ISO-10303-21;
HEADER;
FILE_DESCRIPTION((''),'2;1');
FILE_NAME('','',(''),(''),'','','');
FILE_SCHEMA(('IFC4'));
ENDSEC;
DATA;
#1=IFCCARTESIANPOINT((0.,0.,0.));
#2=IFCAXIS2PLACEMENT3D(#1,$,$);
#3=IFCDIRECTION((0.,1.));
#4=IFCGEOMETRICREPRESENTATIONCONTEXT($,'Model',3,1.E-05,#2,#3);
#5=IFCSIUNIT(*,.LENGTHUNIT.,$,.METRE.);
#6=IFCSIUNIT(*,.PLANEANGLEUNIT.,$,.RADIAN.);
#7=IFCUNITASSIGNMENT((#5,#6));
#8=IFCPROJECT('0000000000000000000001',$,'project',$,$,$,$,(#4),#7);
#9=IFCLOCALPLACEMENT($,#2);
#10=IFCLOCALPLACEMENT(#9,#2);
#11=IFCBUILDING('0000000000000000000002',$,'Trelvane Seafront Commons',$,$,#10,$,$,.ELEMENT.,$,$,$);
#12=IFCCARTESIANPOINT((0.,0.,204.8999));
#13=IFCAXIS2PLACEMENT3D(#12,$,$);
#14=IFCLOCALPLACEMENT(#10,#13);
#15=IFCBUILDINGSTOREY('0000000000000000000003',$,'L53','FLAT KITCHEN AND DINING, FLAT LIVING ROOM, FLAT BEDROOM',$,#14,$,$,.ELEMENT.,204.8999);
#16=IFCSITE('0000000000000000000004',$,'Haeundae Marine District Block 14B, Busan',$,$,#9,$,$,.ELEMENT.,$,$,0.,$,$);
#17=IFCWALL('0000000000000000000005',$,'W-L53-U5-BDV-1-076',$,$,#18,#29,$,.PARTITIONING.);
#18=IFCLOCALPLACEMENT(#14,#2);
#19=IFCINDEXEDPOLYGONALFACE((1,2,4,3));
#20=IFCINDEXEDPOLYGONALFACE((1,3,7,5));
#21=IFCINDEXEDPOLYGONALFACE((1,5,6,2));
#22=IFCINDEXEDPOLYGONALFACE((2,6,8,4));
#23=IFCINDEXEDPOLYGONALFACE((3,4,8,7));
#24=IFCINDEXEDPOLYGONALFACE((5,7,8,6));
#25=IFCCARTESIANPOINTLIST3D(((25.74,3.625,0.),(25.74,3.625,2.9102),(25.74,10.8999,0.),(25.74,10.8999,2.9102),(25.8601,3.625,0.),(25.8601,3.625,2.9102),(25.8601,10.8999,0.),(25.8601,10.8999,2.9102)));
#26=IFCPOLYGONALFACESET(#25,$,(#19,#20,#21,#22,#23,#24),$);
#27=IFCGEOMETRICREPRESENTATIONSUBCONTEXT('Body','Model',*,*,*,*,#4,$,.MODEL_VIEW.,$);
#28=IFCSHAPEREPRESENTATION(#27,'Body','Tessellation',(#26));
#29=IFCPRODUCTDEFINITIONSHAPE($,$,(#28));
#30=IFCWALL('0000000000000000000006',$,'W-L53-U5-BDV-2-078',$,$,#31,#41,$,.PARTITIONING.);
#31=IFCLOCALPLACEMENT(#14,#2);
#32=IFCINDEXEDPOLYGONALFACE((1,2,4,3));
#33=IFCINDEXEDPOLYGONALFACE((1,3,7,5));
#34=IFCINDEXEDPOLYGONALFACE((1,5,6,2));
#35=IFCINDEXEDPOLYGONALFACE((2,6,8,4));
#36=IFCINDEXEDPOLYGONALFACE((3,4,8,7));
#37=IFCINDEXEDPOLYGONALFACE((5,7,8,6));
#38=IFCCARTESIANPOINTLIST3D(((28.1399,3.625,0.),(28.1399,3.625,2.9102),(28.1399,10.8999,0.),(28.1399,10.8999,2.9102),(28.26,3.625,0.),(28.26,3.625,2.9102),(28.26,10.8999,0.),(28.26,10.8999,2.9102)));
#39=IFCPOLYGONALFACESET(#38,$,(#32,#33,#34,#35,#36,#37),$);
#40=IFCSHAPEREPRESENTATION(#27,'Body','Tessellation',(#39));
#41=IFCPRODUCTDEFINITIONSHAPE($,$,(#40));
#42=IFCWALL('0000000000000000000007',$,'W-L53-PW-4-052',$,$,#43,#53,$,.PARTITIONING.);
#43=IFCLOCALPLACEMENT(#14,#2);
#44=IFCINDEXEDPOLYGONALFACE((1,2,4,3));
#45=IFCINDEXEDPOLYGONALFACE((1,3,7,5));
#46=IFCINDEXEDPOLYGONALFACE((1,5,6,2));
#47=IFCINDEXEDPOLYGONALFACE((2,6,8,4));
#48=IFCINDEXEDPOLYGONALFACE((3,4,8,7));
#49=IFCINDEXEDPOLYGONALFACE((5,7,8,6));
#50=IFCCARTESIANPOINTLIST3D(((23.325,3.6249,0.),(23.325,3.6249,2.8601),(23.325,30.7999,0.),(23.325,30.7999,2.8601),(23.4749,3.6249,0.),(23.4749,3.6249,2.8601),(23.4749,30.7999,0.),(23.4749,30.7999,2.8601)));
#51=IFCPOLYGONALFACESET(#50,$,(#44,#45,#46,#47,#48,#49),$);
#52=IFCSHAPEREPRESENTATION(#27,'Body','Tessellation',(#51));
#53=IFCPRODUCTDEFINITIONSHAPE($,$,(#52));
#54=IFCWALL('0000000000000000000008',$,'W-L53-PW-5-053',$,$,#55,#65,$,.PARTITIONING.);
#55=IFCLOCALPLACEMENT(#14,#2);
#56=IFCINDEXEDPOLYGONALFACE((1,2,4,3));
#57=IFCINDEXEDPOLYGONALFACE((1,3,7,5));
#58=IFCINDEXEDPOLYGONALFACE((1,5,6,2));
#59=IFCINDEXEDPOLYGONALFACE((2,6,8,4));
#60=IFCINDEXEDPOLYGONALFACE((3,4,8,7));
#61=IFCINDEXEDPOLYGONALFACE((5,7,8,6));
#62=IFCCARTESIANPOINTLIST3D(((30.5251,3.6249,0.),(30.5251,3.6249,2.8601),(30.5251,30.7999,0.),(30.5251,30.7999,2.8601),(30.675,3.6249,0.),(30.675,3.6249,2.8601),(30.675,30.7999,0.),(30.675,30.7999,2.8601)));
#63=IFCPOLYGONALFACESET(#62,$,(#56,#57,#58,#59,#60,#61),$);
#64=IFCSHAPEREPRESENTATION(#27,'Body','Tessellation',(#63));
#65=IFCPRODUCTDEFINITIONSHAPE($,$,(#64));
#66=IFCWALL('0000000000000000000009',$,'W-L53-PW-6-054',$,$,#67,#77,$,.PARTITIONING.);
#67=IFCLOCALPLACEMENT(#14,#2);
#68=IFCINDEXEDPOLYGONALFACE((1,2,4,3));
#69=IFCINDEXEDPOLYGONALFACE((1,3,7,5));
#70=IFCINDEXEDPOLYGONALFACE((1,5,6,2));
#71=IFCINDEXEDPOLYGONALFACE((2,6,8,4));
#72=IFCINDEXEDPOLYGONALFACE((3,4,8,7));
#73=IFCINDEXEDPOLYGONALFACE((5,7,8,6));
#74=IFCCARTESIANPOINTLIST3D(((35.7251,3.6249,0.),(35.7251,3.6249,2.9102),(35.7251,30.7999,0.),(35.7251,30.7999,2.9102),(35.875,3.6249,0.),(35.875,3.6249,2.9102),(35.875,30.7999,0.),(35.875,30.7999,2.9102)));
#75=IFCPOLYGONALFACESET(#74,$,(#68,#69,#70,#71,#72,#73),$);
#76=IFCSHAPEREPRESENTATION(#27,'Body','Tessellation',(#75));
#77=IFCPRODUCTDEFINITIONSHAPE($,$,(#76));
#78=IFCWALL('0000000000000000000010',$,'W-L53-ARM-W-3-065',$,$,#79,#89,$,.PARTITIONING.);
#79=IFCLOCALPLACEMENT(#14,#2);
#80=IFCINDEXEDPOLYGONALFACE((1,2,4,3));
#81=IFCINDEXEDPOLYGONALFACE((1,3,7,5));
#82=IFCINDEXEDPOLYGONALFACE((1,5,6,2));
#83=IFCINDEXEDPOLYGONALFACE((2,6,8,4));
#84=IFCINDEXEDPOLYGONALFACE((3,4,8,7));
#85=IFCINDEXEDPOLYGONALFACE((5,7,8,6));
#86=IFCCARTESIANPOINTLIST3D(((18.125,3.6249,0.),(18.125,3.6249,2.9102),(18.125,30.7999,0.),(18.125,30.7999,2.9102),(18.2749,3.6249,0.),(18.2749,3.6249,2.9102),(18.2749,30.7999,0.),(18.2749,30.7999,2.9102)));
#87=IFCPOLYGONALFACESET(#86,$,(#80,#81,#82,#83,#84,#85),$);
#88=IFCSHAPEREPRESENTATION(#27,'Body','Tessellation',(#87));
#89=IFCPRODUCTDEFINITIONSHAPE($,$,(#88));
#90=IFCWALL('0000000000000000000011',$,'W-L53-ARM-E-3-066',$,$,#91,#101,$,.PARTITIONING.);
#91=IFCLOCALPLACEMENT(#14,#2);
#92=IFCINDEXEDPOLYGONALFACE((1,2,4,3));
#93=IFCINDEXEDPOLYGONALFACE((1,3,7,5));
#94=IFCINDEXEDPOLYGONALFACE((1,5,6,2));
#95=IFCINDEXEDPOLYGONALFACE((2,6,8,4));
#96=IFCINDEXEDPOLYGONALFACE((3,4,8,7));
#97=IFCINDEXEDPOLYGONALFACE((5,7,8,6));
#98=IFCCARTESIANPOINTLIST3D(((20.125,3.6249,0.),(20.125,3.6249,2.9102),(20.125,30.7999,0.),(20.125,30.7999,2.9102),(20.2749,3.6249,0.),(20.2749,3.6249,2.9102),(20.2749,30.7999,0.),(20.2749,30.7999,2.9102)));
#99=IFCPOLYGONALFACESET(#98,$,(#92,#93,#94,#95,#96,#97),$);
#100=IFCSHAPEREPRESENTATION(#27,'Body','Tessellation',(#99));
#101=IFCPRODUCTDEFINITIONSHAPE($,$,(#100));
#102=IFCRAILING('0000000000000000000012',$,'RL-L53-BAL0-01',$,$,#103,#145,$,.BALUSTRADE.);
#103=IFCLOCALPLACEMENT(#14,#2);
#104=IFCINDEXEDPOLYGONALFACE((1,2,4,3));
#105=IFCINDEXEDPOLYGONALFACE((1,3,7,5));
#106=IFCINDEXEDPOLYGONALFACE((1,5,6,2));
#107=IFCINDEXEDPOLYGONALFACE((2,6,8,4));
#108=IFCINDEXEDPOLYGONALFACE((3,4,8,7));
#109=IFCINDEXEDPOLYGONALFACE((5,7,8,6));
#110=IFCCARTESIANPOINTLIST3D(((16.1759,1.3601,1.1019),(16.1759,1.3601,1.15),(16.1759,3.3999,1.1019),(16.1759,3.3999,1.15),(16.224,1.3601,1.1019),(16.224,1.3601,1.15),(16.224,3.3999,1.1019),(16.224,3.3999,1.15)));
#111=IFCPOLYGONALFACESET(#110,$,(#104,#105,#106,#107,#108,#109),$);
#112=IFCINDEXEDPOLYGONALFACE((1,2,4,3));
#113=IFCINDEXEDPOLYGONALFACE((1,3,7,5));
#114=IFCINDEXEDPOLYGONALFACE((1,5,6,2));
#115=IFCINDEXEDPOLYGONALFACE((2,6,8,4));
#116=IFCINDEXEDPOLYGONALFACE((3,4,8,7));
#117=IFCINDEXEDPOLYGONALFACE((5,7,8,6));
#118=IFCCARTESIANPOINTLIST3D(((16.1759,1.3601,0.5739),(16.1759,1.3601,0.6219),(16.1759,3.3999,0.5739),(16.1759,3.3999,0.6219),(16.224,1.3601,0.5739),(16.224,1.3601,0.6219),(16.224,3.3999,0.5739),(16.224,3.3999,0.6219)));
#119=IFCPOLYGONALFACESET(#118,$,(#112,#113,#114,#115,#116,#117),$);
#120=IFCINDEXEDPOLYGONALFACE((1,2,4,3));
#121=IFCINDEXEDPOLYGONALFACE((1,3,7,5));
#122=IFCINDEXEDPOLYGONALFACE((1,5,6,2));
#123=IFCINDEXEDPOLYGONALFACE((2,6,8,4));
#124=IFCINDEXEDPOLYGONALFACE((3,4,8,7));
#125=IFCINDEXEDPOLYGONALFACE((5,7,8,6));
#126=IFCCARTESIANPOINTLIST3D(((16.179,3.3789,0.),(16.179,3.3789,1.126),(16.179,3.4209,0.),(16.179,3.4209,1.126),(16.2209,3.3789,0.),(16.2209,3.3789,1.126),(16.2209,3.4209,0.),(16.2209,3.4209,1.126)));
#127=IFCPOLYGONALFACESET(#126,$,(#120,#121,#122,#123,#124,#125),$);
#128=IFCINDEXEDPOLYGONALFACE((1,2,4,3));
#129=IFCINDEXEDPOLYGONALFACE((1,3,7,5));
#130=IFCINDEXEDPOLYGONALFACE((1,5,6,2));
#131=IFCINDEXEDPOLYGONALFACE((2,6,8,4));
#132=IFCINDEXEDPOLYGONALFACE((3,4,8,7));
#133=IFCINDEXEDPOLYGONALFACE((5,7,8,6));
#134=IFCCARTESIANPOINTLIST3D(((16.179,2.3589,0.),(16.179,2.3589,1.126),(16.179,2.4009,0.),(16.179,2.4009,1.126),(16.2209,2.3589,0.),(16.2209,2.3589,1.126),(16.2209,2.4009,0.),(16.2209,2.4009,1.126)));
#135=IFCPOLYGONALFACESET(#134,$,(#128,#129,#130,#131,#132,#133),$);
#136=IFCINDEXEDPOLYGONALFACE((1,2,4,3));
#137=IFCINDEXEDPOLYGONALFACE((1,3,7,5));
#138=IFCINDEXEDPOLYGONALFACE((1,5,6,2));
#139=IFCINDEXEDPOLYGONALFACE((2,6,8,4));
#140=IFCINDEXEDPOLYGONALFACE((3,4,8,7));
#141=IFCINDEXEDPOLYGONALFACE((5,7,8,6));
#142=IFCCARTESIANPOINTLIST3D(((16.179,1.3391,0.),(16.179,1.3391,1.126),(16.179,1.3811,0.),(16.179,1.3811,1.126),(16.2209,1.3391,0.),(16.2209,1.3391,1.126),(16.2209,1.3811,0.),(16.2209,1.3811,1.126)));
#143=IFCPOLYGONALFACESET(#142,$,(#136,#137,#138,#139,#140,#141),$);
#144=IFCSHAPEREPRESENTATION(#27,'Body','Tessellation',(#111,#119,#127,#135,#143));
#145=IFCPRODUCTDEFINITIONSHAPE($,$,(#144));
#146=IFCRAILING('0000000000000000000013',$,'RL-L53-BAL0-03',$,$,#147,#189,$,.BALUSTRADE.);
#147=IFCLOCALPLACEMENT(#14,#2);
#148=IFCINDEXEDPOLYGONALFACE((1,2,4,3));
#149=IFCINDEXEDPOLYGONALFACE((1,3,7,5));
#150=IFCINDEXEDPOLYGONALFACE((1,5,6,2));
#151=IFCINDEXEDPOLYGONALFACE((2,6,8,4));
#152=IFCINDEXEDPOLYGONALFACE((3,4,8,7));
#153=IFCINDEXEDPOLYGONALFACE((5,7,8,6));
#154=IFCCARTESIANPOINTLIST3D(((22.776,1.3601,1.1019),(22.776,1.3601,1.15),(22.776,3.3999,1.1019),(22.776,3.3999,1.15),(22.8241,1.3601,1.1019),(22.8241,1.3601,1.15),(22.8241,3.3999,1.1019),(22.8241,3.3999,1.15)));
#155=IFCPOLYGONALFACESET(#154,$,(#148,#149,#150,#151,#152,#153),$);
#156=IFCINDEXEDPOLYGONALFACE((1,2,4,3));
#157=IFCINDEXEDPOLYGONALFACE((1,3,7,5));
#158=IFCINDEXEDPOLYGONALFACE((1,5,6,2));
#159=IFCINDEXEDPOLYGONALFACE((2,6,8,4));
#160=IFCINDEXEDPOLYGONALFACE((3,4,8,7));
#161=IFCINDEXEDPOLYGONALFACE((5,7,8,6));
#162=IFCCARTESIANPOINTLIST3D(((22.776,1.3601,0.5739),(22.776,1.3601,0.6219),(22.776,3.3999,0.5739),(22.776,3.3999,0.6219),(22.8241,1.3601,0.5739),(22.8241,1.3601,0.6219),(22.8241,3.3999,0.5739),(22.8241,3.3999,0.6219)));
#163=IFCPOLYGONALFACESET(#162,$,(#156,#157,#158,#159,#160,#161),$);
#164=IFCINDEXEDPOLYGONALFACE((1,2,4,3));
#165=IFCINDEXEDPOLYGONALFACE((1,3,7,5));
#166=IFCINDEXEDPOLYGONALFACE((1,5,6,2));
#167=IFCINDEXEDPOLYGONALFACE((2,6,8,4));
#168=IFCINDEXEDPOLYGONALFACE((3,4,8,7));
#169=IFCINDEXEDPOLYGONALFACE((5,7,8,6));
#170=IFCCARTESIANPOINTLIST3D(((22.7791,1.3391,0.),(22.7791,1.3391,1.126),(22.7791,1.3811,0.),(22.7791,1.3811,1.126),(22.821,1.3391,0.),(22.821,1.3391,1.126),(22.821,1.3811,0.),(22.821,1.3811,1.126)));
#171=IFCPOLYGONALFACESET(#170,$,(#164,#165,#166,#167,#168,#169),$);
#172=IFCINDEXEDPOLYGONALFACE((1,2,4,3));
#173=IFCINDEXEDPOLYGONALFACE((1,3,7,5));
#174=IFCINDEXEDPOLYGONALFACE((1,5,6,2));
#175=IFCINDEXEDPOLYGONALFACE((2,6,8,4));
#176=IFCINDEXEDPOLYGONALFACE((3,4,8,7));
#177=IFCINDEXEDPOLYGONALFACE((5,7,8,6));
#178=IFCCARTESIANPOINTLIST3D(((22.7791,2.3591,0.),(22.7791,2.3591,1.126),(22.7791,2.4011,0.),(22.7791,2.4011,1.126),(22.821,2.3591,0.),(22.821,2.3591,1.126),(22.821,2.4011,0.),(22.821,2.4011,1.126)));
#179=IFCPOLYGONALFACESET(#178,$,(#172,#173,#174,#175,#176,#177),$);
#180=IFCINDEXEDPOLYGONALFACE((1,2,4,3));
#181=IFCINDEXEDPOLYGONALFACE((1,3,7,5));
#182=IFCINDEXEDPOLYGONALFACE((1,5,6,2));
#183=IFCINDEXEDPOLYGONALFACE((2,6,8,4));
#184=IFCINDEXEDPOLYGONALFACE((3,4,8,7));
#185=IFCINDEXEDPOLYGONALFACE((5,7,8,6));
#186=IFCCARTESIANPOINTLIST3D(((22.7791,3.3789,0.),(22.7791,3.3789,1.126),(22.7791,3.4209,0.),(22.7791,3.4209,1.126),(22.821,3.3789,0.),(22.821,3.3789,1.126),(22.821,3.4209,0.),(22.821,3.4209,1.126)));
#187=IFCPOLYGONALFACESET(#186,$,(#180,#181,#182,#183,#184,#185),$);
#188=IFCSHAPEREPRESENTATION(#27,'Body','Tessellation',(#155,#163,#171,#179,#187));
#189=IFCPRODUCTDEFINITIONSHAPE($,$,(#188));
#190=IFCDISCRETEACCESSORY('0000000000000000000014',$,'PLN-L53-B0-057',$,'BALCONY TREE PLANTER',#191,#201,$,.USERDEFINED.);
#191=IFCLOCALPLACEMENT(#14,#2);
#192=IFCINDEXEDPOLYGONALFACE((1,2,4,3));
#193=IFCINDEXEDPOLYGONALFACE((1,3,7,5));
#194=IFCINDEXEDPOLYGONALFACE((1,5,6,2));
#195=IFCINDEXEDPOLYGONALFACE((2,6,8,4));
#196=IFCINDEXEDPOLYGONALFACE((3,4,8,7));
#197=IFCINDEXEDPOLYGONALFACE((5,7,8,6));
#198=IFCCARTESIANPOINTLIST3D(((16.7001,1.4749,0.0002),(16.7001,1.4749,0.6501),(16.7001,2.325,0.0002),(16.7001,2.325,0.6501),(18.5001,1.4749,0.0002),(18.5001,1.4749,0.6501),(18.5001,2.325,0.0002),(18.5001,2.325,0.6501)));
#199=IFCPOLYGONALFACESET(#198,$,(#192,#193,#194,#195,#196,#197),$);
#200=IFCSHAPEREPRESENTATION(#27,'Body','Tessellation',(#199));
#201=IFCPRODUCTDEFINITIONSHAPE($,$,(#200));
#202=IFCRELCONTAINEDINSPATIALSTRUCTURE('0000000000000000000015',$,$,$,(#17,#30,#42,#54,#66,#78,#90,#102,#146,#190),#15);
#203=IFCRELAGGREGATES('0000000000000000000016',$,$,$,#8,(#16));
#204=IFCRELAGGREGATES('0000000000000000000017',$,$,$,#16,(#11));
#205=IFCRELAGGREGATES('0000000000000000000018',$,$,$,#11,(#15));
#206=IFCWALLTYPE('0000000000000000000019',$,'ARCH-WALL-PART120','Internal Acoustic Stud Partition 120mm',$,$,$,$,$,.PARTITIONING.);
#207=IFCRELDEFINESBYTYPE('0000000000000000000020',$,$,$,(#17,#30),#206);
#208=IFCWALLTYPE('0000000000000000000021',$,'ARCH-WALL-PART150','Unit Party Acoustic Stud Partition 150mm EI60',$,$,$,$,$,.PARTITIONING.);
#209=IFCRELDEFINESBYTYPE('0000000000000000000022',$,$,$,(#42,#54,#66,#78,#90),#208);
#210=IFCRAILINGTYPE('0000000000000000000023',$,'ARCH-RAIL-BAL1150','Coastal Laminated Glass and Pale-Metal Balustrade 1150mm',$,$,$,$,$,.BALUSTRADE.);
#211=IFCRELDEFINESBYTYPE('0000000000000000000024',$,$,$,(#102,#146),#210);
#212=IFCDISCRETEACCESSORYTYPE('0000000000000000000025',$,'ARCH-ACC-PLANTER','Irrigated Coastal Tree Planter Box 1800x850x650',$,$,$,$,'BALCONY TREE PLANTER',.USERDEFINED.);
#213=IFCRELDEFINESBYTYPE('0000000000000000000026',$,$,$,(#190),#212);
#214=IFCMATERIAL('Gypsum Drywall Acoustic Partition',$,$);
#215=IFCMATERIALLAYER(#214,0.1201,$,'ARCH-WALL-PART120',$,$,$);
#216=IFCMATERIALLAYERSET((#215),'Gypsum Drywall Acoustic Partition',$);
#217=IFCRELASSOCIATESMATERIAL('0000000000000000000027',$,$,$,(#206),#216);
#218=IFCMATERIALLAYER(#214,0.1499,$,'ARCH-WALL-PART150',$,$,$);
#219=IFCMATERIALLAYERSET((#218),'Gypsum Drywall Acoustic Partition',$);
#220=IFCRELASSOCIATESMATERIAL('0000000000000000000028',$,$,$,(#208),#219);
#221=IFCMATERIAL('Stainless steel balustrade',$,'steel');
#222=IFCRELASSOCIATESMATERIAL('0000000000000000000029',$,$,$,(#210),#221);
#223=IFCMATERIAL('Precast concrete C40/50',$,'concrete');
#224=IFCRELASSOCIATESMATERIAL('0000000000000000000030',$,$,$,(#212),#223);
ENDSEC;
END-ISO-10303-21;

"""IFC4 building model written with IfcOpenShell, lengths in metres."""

from ifc_helpers import new_model, si_unit, direction, frame, frame_2d, origin, origin_2d, place, context, subcontext, project, spatial, rectangle, extrude, source, transform, mapped, material, layer, layer_set, type_object, element, save


model = new_model("IFC4")

# Units and contexts
model_context = context("Model", 3, precision=1e-05, world=origin(), true_north=direction((0.0, 1.0)))
body_context = subcontext(model_context, "Body", "Model", "MODEL_VIEW")
ifc_project = project(units=[si_unit("LENGTHUNIT", "METRE"), si_unit("PLANEANGLEUNIT", "RADIAN")], contexts=[model_context])

# Site, building, storey
site_placement = place(None, origin())
site = spatial("IfcSite", under=ifc_project, at=site_placement, Name="Haeundae Marine District Block 14B, Busan", CompositionType="ELEMENT", RefElevation=0.0)
building_placement = place(site_placement, origin())
building = spatial("IfcBuilding", under=site, at=building_placement, Name="Trelvane Seafront Commons", CompositionType="ELEMENT")
storey_placement = place(building_placement, frame((0.0, 0.0, 204.8999)))
storey = spatial("IfcBuildingStorey", under=building, at=storey_placement, Name="L53", Description="FLAT KITCHEN AND DINING, FLAT LIVING ROOM, FLAT BEDROOM", CompositionType="ELEMENT", Elevation=204.8999)

# Shared definitions
ifc_material_1 = material(Name="Gypsum Drywall Acoustic Partition")
ifc_layer_1 = layer(ifc_material_1, 0.1201, Name="ARCH-WALL-PART120")
ifc_layer_set_1 = layer_set([ifc_layer_1], Name="Gypsum Drywall Acoustic Partition")
wall_type_1 = type_object("IfcWallType", Name="ARCH-WALL-PART120", Description="Internal Acoustic Stud Partition 120mm", PredefinedType="PARTITIONING", material=ifc_layer_set_1)

# Wall
wall_1_placement = place(storey_placement, frame((25.8, 3.625, 0.0), z_axis=(0.0, 0.0, 1.0), x_axis=(0.0, 1.0, 0.0)))
element("IfcWall", 1, at=wall_1_placement, inside=storey, type_object=wall_type_1, Name="W-L53-U5-BDV-1-076", PredefinedType="PARTITIONING", context=body_context, shape_type="SweptSolid", body=[
    extrude(rectangle(XDim=7.2749, YDim=0.1201, at=frame_2d((3.6375, 0.0))), origin(), (0.0, 0.0, 1.0), 2.9102),
])

# Walls
wall_2_placement = place(storey_placement, frame((28.2, 3.625, 0.0), z_axis=(0.0, 0.0, 1.0), x_axis=(0.0, 1.0, 0.0)))
element("IfcWall", 2, at=wall_2_placement, inside=storey, type_object=wall_type_1, Name="W-L53-U5-BDV-2-078", PredefinedType="PARTITIONING", context=body_context, shape_type="SweptSolid", body=[
    extrude(rectangle(XDim=7.2749, YDim=0.1201, at=frame_2d((3.6375, 0.0))), origin(), (0.0, 0.0, 1.0), 2.9102),
])
ifc_layer_2 = layer(ifc_material_1, 0.1499, Name="ARCH-WALL-PART150")
ifc_layer_set_2 = layer_set([ifc_layer_2], Name="Gypsum Drywall Acoustic Partition")
wall_type_2 = type_object("IfcWallType", Name="ARCH-WALL-PART150", Description="Unit Party Acoustic Stud Partition 150mm EI60", PredefinedType="PARTITIONING", material=ifc_layer_set_2)
for number, where, z_axis, x_axis, name in (
    (3, (23.3999, 3.625, 0.0), (0.0, 0.0, 1.0), (0.0, 1.0, 0.0), "W-L53-PW-4-052"),
    (4, (30.6001, 3.625, 0.0), (0.0, 0.0, 1.0), (0.0, 1.0, 0.0), "W-L53-PW-5-053"),
):
    element("IfcWall", number, at=place(storey_placement, frame(where, z_axis=z_axis, x_axis=x_axis)), inside=storey, type_object=wall_type_2, Name=name, PredefinedType="PARTITIONING", context=body_context, shape_type="SweptSolid", body=[
        extrude(rectangle(XDim=27.175, YDim=0.1499, at=frame_2d((13.5874, 0.0))), origin(), (0.0, 0.0, 1.0), 2.8601),
    ])
for number, where, z_axis, x_axis, name in (
    (5, (35.8, 3.625, 0.0), (0.0, 0.0, 1.0), (0.0, 1.0, 0.0), "W-L53-PW-6-054"),
    (6, (18.2, 3.625, 0.0), (0.0, 0.0, 1.0), (0.0, 1.0, 0.0), "W-L53-ARM-W-3-065"),
    (7, (20.2, 3.625, 0.0), (0.0, 0.0, 1.0), (0.0, 1.0, 0.0), "W-L53-ARM-E-3-066"),
):
    element("IfcWall", number, at=place(storey_placement, frame(where, z_axis=z_axis, x_axis=x_axis)), inside=storey, type_object=wall_type_2, Name=name, PredefinedType="PARTITIONING", context=body_context, shape_type="SweptSolid", body=[
        extrude(rectangle(XDim=27.175, YDim=0.1499, at=frame_2d((13.5874, 0.0))), origin(), (0.0, 0.0, 1.0), 2.9102),
    ])

# Railings
ifc_material_2 = material(Name="Stainless steel balustrade", Category="steel")
railing_type = type_object("IfcRailingType", Name="ARCH-RAIL-BAL1150", Description="Coastal Laminated Glass and Pale-Metal Balustrade 1150mm", PredefinedType="BALUSTRADE", material=ifc_material_2)
railing_1_placement = place(storey_placement, frame((16.2, 3.3999, 0.0)))
element("IfcRailing", 8, at=railing_1_placement, inside=storey, type_object=railing_type, Name="RL-L53-BAL0-01", PredefinedType="BALUSTRADE", context=body_context, shape_type="SweptSolid", body=[
    extrude(rectangle(XDim=0.0481, YDim=0.0481, at=origin_2d()), frame((0.0, 0.0, 1.126), z_axis=(0.0, -1.0, 0.0), x_axis=(1.0, 0.0, 0.0)), (0.0, 0.0, 1.0), 2.0398),
    extrude(rectangle(XDim=0.0481, YDim=0.0481, at=origin_2d()), frame((0.0, 0.0, 0.5979), z_axis=(0.0, -1.0, 0.0), x_axis=(1.0, 0.0, 0.0)), (0.0, 0.0, 1.0), 2.0398),
    extrude(rectangle(XDim=0.042, YDim=0.042, at=origin_2d()), origin(), (0.0, 0.0, 1.0), 1.126),
    extrude(rectangle(XDim=0.042, YDim=0.042, at=origin_2d()), frame((0.0, -1.02, 0.0)), (0.0, 0.0, 1.0), 1.126),
    extrude(rectangle(XDim=0.042, YDim=0.042, at=origin_2d()), frame((0.0, -2.0398, 0.0)), (0.0, 0.0, 1.0), 1.126),
])
railing_2_placement = place(storey_placement, frame((22.8, 1.3601, 0.0)))
element("IfcRailing", 9, at=railing_2_placement, inside=storey, type_object=railing_type, Name="RL-L53-BAL0-03", PredefinedType="BALUSTRADE", context=body_context, shape_type="SweptSolid", body=[
    extrude(rectangle(XDim=0.0481, YDim=0.0481, at=origin_2d()), frame((0.0, 0.0, 1.126), z_axis=(0.0, 1.0, 0.0), x_axis=(-1.0, 0.0, 0.0)), (0.0, 0.0, 1.0), 2.0398),
    extrude(rectangle(XDim=0.0481, YDim=0.0481, at=origin_2d()), frame((0.0, 0.0, 0.5979), z_axis=(0.0, 1.0, 0.0), x_axis=(-1.0, 0.0, 0.0)), (0.0, 0.0, 1.0), 2.0398),
    extrude(rectangle(XDim=0.042, YDim=0.042, at=origin_2d()), origin(), (0.0, 0.0, 1.0), 1.126),
    extrude(rectangle(XDim=0.042, YDim=0.042, at=origin_2d()), frame((0.0, 1.02, 0.0)), (0.0, 0.0, 1.0), 1.126),
    extrude(rectangle(XDim=0.042, YDim=0.042, at=origin_2d()), frame((0.0, 2.0398, 0.0)), (0.0, 0.0, 1.0), 1.126),
])

# Discrete accessory
ifc_material_3 = material(Name="Precast concrete C40/50", Category="concrete")
discrete_accessory_type = type_object("IfcDiscreteAccessoryType", Name="ARCH-ACC-PLANTER", Description="Irrigated Coastal Tree Planter Box 1800x850x650", ElementType="BALCONY TREE PLANTER", PredefinedType="USERDEFINED", material=ifc_material_3)
shared_shape_1 = source(origin(), body_context, "Body", "SweptSolid", [
    extrude(rectangle(XDim=1.8, YDim=0.8501, at=origin_2d()), origin(), (0.0, 0.0, 1.0), 0.6499),
])
discrete_accessory_placement = place(storey_placement, frame((17.6001, 1.8999, 0.0002), z_axis=(0.0, 0.0, 1.0), x_axis=(1.0, 0.0, 0.0)))
element("IfcDiscreteAccessory", 10, at=discrete_accessory_placement, inside=storey, type_object=discrete_accessory_type, Name="PLN-L53-B0-057", ObjectType="BALCONY TREE PLANTER", PredefinedType="USERDEFINED", context=body_context, shape_type="MappedRepresentation", body=[
    mapped(shared_shape_1, transform((0.0, 0.0, 0.0), x_axis=(1.0, 0.0, 0.0), y_axis=(0.0, 1.0, 0.0), z_axis=(0.0, 0.0, 1.0), scale=1.0)),
])

save(model, "model.ifc")
